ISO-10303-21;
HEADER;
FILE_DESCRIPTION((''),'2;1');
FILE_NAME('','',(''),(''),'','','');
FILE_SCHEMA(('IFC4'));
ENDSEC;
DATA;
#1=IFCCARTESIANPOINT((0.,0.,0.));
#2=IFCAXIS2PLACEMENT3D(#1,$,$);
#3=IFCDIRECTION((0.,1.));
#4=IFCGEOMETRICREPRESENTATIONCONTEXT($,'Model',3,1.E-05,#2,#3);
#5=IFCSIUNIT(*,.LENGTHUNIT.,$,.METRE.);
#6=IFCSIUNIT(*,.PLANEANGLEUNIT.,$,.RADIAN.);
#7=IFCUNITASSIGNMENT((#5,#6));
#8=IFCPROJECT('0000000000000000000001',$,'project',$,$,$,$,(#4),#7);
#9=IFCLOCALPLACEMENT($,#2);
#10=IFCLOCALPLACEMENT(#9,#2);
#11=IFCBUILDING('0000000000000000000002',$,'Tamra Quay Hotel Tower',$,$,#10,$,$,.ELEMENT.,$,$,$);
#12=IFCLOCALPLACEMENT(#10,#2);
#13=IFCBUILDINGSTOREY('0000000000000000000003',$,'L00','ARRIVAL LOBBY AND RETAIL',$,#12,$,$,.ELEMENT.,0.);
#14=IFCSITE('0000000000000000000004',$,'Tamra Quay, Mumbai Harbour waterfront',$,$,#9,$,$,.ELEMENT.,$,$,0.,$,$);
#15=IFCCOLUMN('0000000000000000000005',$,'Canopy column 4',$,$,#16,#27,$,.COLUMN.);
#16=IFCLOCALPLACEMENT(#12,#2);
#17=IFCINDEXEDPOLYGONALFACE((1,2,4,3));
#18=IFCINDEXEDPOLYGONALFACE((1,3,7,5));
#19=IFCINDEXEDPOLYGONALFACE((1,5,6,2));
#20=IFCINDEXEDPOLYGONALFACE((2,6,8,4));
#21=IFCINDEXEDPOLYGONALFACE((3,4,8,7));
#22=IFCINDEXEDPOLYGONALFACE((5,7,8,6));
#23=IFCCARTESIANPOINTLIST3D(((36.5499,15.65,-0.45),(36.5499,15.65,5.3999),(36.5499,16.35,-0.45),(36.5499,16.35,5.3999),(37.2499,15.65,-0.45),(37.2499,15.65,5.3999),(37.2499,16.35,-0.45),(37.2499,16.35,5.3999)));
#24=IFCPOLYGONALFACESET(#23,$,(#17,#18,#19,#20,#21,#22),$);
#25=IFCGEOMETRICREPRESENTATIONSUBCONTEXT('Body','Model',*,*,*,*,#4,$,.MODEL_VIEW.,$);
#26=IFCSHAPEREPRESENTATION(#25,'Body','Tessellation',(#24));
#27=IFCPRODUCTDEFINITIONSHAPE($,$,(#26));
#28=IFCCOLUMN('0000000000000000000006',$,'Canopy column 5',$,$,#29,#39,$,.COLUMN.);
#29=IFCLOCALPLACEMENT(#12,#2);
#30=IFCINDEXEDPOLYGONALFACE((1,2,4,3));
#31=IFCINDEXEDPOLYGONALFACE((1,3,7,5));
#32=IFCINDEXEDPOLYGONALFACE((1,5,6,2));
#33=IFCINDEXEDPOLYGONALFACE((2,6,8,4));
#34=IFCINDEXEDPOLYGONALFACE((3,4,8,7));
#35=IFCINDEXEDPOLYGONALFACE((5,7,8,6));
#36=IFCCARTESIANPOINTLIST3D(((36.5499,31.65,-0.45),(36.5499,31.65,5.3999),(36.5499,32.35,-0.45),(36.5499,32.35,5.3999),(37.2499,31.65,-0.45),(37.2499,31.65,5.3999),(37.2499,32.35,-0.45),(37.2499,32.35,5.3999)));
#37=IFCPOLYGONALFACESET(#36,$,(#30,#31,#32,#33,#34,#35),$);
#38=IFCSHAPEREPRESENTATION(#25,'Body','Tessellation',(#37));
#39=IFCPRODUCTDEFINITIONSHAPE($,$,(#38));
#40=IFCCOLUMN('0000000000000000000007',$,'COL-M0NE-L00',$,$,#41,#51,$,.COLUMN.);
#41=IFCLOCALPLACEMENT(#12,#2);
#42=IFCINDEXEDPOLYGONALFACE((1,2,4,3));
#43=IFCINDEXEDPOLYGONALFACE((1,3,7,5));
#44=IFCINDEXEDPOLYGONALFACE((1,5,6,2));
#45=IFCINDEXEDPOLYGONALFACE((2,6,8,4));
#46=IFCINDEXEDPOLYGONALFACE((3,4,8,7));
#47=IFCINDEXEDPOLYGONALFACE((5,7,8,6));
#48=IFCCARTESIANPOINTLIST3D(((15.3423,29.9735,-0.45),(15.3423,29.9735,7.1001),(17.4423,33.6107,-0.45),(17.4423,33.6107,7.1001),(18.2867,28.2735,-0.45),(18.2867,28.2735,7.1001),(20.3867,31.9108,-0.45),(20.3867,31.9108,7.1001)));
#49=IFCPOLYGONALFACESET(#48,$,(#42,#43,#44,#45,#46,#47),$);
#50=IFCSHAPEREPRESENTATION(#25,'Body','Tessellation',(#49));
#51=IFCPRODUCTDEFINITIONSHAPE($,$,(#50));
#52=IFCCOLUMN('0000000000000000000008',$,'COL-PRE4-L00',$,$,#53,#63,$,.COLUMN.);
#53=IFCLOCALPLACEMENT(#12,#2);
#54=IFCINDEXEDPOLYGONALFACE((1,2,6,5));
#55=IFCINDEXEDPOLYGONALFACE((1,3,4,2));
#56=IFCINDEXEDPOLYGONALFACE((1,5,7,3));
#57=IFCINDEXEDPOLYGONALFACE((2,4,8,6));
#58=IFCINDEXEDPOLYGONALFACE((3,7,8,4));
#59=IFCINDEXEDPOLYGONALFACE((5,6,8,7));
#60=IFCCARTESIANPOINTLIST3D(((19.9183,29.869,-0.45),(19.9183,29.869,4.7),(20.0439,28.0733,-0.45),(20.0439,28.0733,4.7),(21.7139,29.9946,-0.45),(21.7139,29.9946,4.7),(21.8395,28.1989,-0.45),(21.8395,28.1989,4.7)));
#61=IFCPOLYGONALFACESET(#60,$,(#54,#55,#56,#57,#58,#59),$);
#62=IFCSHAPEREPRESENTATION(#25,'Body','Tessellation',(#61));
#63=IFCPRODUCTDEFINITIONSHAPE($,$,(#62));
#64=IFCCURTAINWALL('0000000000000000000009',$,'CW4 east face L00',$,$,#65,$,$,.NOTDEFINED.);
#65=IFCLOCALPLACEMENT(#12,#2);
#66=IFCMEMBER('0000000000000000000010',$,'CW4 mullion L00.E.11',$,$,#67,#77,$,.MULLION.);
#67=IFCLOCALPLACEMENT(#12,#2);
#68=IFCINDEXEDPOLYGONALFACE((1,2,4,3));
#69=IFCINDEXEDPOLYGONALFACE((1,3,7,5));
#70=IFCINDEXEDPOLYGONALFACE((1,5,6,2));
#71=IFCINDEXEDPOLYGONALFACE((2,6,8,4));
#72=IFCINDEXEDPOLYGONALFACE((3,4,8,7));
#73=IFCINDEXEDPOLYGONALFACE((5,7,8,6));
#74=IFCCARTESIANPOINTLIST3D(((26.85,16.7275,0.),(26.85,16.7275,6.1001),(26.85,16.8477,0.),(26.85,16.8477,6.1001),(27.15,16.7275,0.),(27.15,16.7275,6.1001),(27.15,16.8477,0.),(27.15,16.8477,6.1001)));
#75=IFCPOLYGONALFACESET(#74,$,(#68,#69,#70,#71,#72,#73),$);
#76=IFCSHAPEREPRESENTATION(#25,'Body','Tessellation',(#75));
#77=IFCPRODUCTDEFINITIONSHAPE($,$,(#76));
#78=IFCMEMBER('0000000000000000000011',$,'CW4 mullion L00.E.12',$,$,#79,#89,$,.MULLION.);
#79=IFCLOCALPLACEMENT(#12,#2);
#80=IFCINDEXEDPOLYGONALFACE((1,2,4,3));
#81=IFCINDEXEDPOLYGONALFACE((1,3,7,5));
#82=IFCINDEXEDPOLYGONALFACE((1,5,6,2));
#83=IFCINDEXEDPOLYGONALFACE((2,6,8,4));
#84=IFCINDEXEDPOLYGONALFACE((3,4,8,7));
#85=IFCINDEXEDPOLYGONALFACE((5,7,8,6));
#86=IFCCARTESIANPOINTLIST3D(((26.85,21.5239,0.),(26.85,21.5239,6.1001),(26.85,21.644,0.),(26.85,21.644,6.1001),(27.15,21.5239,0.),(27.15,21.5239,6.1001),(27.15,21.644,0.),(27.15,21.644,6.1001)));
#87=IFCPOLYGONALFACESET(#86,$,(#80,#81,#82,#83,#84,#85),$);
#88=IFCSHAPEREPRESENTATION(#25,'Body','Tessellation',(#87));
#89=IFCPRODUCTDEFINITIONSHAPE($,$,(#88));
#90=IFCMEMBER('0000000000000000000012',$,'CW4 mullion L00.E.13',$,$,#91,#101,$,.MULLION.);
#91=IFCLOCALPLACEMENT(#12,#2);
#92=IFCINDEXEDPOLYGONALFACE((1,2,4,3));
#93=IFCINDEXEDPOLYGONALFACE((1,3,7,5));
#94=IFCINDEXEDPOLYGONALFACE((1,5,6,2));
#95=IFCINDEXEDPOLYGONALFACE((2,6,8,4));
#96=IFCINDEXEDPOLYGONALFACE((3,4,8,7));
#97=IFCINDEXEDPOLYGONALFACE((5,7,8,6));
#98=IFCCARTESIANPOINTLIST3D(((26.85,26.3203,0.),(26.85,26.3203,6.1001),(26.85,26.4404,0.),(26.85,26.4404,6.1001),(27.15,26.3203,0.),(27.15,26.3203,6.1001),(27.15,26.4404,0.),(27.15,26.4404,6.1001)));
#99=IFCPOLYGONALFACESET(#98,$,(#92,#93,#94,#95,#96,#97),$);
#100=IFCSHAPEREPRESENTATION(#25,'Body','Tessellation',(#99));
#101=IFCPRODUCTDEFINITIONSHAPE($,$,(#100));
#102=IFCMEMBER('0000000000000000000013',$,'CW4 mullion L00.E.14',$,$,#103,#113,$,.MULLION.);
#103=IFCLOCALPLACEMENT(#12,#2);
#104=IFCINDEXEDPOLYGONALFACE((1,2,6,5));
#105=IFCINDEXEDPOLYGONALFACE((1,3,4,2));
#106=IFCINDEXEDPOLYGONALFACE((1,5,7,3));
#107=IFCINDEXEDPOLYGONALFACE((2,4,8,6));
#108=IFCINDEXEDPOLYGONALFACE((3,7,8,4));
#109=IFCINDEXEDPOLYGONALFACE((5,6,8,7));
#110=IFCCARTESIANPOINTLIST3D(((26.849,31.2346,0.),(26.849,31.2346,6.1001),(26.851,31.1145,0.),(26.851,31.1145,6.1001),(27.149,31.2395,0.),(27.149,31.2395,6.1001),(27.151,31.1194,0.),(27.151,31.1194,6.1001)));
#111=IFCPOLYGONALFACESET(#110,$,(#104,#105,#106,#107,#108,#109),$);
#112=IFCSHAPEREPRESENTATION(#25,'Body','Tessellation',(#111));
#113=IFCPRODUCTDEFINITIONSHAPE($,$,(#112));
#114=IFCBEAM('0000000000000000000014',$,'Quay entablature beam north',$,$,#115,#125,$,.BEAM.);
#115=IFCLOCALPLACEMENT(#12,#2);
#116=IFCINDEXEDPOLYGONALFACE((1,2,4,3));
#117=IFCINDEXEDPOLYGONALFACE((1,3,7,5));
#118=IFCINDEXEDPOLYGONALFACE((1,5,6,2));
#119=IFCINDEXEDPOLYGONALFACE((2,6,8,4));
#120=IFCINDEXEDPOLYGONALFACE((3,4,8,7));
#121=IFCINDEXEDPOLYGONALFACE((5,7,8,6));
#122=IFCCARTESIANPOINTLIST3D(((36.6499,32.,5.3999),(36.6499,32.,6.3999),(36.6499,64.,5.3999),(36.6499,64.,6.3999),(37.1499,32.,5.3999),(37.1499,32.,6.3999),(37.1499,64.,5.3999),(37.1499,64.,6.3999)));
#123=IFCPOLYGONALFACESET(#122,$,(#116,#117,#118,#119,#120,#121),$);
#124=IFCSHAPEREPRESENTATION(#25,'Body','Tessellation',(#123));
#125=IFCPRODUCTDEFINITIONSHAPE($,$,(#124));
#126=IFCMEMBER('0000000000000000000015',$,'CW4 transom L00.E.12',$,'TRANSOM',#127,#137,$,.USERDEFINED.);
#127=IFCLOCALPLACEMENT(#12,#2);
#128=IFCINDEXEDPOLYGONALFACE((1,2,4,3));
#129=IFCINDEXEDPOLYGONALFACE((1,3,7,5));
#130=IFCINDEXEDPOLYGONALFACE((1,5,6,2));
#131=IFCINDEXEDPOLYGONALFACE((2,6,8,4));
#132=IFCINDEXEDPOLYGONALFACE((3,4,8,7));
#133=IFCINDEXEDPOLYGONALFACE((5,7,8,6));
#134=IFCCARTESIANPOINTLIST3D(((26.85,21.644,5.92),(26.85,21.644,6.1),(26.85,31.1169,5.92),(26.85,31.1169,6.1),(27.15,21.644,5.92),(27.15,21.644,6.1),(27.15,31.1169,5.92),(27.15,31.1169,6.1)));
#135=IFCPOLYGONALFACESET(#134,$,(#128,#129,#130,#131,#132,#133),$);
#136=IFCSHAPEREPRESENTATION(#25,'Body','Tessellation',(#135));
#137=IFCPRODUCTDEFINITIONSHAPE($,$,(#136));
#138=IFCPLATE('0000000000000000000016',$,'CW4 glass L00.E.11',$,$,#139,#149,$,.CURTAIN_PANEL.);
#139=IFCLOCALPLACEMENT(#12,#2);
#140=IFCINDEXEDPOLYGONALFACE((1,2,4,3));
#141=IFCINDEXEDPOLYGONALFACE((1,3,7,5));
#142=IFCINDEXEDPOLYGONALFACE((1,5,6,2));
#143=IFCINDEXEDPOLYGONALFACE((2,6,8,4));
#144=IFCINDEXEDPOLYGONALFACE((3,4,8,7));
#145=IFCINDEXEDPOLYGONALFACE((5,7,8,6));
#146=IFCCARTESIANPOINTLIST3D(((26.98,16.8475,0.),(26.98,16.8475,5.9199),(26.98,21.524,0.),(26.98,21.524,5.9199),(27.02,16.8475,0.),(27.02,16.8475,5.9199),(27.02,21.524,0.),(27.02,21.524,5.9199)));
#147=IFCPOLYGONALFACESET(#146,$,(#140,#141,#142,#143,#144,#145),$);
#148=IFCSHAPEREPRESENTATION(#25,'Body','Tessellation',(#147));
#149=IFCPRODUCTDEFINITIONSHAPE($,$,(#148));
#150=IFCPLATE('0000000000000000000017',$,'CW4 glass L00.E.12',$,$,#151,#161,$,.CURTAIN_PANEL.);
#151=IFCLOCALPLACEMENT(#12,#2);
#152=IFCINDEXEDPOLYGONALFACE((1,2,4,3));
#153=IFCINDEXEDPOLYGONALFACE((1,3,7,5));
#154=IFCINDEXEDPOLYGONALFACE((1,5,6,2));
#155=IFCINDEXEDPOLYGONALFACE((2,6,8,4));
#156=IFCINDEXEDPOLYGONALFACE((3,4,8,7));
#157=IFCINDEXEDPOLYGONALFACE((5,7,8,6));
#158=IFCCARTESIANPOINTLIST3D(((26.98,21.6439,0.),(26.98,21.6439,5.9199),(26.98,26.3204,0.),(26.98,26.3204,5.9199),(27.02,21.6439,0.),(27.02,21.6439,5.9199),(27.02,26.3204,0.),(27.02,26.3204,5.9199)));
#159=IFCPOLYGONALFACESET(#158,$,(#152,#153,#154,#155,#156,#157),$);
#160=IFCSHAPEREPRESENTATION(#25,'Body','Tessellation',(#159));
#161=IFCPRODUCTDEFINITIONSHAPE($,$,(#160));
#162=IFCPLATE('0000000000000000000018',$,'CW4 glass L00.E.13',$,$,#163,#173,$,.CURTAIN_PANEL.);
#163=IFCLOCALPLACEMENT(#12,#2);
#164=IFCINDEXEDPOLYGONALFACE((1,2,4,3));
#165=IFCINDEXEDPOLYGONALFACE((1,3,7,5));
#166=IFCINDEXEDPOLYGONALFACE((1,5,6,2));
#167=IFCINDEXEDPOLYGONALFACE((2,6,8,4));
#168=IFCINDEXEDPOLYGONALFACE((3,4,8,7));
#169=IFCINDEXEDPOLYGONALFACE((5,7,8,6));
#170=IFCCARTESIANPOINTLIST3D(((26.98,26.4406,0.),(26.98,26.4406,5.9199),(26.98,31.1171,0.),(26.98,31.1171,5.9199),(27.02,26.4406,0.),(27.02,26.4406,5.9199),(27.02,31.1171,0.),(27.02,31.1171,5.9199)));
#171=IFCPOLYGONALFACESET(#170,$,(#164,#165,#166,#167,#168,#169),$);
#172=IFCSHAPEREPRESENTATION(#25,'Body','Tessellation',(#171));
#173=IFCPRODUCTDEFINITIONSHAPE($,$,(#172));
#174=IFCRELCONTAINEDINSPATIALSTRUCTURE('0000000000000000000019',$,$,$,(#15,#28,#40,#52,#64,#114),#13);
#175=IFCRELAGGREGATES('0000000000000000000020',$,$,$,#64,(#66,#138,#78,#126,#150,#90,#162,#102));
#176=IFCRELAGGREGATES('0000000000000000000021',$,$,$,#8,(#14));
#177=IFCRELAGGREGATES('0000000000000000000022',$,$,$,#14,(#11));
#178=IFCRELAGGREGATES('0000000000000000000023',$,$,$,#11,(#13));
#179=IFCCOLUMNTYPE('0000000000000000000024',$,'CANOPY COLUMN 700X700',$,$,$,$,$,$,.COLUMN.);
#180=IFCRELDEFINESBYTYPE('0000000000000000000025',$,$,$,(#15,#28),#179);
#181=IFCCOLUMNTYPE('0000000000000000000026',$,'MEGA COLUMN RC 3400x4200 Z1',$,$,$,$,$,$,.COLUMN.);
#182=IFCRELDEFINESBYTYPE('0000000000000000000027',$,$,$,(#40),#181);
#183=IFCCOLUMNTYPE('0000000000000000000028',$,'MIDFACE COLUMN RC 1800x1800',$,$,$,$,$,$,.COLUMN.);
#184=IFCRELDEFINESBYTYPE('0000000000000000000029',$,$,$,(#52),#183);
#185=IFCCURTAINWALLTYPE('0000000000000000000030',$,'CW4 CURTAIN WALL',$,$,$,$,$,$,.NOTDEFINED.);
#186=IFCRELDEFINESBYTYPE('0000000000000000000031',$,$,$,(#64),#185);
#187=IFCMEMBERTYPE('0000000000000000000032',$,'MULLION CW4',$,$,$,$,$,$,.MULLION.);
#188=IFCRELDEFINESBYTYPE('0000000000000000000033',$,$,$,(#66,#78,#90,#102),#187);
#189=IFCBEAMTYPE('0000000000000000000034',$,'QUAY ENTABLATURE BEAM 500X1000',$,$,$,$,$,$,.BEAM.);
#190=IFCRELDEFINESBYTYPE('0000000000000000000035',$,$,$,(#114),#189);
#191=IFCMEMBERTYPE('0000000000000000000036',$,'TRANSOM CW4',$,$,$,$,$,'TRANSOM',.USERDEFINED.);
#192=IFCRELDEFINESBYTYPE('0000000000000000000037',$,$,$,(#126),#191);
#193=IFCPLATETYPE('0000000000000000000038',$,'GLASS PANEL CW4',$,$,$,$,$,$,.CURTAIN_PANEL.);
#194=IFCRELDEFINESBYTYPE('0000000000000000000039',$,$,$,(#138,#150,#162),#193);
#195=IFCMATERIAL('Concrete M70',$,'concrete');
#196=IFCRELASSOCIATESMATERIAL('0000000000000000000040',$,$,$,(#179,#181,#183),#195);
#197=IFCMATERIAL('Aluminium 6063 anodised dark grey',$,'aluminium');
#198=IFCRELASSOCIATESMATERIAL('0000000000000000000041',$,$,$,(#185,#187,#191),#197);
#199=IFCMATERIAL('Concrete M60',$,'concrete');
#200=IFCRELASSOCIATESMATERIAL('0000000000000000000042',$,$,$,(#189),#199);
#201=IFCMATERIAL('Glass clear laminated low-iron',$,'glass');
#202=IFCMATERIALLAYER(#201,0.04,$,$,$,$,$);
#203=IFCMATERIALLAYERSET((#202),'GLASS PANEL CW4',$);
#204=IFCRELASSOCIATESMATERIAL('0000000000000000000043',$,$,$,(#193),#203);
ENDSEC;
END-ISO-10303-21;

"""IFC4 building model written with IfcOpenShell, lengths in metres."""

from ifc_helpers import new_model, si_unit, direction, frame, origin, origin_2d, place, context, subcontext, project, spatial, rectangle, extrude, material, layer, layer_set, material_profile, profile_set, type_object, element, aggregate, save


model = new_model("IFC4")

# Units and contexts
model_context = context("Model", 3, precision=1e-05, world=origin(), true_north=direction((0.0, 1.0)))
body_context = subcontext(model_context, "Body", "Model", "MODEL_VIEW")
ifc_project = project(units=[si_unit("LENGTHUNIT", "METRE"), si_unit("PLANEANGLEUNIT", "RADIAN")], contexts=[model_context])

# Site, building, storey
site_placement = place(None, origin())
site = spatial("IfcSite", under=ifc_project, at=site_placement, Name="Tamra Quay, Mumbai Harbour waterfront", CompositionType="ELEMENT", RefElevation=0.0)
building_placement = place(site_placement, origin())
building = spatial("IfcBuilding", under=site, at=building_placement, Name="Tamra Quay Hotel Tower", CompositionType="ELEMENT")
storey_placement = place(building_placement, origin())
storey = spatial("IfcBuildingStorey", under=building, at=storey_placement, Name="L00", Description="ARRIVAL LOBBY AND RETAIL", CompositionType="ELEMENT", Elevation=0.0)

# Columns
ifc_material_1 = material(Name="Concrete M70", Category="concrete")
ifc_material_profile_1 = material_profile(ifc_material_1, rectangle(XDim=0.7, YDim=0.7, at=origin_2d()), Name="Concrete M70")
ifc_profile_set_1 = profile_set([ifc_material_profile_1], Name="Concrete M70")
column_type_1 = type_object("IfcColumnType", Name="CANOPY COLUMN 700X700", PredefinedType="COLUMN", material=ifc_profile_set_1)
for number, where, z_axis, x_axis, name in (
    (1, (36.8999, 16.0, -0.45), (0.0, 0.0, 1.0), (1.0, 0.0, 0.0), "Canopy column 4"),
    (2, (36.8999, 32.0, -0.45), (0.0, 0.0, 1.0), (1.0, 0.0, 0.0), "Canopy column 5"),
):
    element("IfcColumn", number, at=place(storey_placement, frame(where, z_axis=z_axis, x_axis=x_axis)), inside=storey, type_object=column_type_1, Name=name, PredefinedType="COLUMN", context=body_context, shape_type="SweptSolid", body=[
        extrude(rectangle(XDim=0.7, YDim=0.7, at=origin_2d()), origin(), (0.0, 0.0, 1.0), 5.8499),
    ])
ifc_material_profile_2 = material_profile(ifc_material_1, rectangle(XDim=4.2, YDim=3.3999, at=origin_2d()), Name="MEGA COLUMN RC 3400x4200 Z1")
ifc_profile_set_2 = profile_set([ifc_material_profile_2], Name="Concrete M70")
column_type_2 = type_object("IfcColumnType", Name="MEGA COLUMN RC 3400x4200 Z1", PredefinedType="COLUMN", material=ifc_profile_set_2)
column_1_placement = place(storey_placement, frame((17.8645, 30.9421, -0.45), z_axis=(0.0, 0.0, 1.0), x_axis=(0.5, 0.866025, 0.0)))
element("IfcColumn", 3, at=column_1_placement, inside=storey, type_object=column_type_2, Name="COL-M0NE-L00", PredefinedType="COLUMN", context=body_context, shape_type="SweptSolid", body=[
    extrude(rectangle(XDim=4.2, YDim=3.3999, at=origin_2d()), origin(), (0.0, 0.0, 1.0), 7.55),
])
ifc_material_profile_3 = material_profile(ifc_material_1, rectangle(XDim=1.8, YDim=1.8, at=origin_2d()), Name="MIDFACE COLUMN RC 1800x1800")
ifc_profile_set_3 = profile_set([ifc_material_profile_3], Name="Concrete M70")
column_type_3 = type_object("IfcColumnType", Name="MIDFACE COLUMN RC 1800x1800", PredefinedType="COLUMN", material=ifc_profile_set_3)
column_2_placement = place(storey_placement, frame((20.8789, 29.0339, -0.45), z_axis=(0.0, 0.0, 1.0), x_axis=(0.997562, 0.06979, 0.0)))
element("IfcColumn", 4, at=column_2_placement, inside=storey, type_object=column_type_3, Name="COL-PRE4-L00", PredefinedType="COLUMN", context=body_context, shape_type="SweptSolid", body=[
    extrude(rectangle(XDim=1.8, YDim=1.8, at=origin_2d()), origin(), (0.0, 0.0, 1.0), 5.1499),
])

# Curtain wall, members
ifc_material_2 = material(Name="Aluminium 6063 anodised dark grey", Category="aluminium")
curtain_wall_type = type_object("IfcCurtainWallType", Name="CW4 CURTAIN WALL", PredefinedType="NOTDEFINED", material=ifc_material_2)
curtain_wall_placement = place(storey_placement, origin())
curtain_wall = element("IfcCurtainWall", 5, at=curtain_wall_placement, inside=storey, type_object=curtain_wall_type, Name="CW4 east face L00", PredefinedType="NOTDEFINED")
ifc_material_profile_4 = material_profile(ifc_material_2, rectangle(XDim=0.3, YDim=0.1201, at=origin_2d()), Name="MULLION 120X300")
ifc_profile_set_4 = profile_set([ifc_material_profile_4], Name="Aluminium 6063 anodised dark grey")
member_type_1 = type_object("IfcMemberType", Name="MULLION CW4", PredefinedType="MULLION", material=ifc_profile_set_4)
member_1_placement = place(storey_placement, frame((27.0, 16.7876, 0.0), z_axis=(0.0, 0.0, 1.0), x_axis=(1.0, 0.0, 0.0)))
member_1 = element("IfcMember", 6, at=member_1_placement, type_object=member_type_1, Name="CW4 mullion L00.E.11", PredefinedType="MULLION", context=body_context, shape_type="SweptSolid", body=[
    extrude(rectangle(XDim=0.3, YDim=0.1201, at=origin_2d()), origin(), (0.0, 0.0, 1.0), 6.1001),
])
member_2_placement = place(storey_placement, frame((27.0, 21.584, 0.0), z_axis=(0.0, 0.0, 1.0), x_axis=(1.0, 0.0, 0.0)))
member_2 = element("IfcMember", 7, at=member_2_placement, type_object=member_type_1, Name="CW4 mullion L00.E.12", PredefinedType="MULLION", context=body_context, shape_type="SweptSolid", body=[
    extrude(rectangle(XDim=0.3, YDim=0.1201, at=origin_2d()), origin(), (0.0, 0.0, 1.0), 6.1001),
])
member_3_placement = place(storey_placement, frame((27.0, 26.3804, 0.0), z_axis=(0.0, 0.0, 1.0), x_axis=(1.0, 0.0, 0.0)))
member_3 = element("IfcMember", 8, at=member_3_placement, type_object=member_type_1, Name="CW4 mullion L00.E.13", PredefinedType="MULLION", context=body_context, shape_type="SweptSolid", body=[
    extrude(rectangle(XDim=0.3, YDim=0.1201, at=origin_2d()), origin(), (0.0, 0.0, 1.0), 6.1001),
])
member_4_placement = place(storey_placement, frame((27.0, 31.177, 0.0), z_axis=(0.0, 0.0, 1.0), x_axis=(0.999866, 0.016362, 0.0)))
member_4 = element("IfcMember", 9, at=member_4_placement, type_object=member_type_1, Name="CW4 mullion L00.E.14", PredefinedType="MULLION", context=body_context, shape_type="SweptSolid", body=[
    extrude(rectangle(XDim=0.3, YDim=0.1201, at=origin_2d()), origin(), (0.0, 0.0, 1.0), 6.1001),
])

# Beam
ifc_material_3 = material(Name="Concrete M60", Category="concrete")
ifc_material_profile_5 = material_profile(ifc_material_3, rectangle(XDim=0.5, YDim=1.0, at=origin_2d()), Name="Concrete M60")
ifc_profile_set_5 = profile_set([ifc_material_profile_5], Name="Concrete M60")
beam_type = type_object("IfcBeamType", Name="QUAY ENTABLATURE BEAM 500X1000", PredefinedType="BEAM", material=ifc_profile_set_5)
beam_placement = place(storey_placement, frame((36.8999, 32.0, 5.8999), z_axis=(0.0, 1.0, 0.0), x_axis=(-1.0, 0.0, 0.0)))
element("IfcBeam", 10, at=beam_placement, inside=storey, type_object=beam_type, Name="Quay entablature beam north", PredefinedType="BEAM", context=body_context, shape_type="SweptSolid", body=[
    extrude(rectangle(XDim=0.5, YDim=1.0, at=origin_2d()), origin(), (0.0, 0.0, 1.0), 32.0),
])

# Member
ifc_material_profile_6 = material_profile(ifc_material_2, rectangle(XDim=0.3, YDim=0.1799, at=origin_2d()), Name="TRANSOM 300X180")
ifc_profile_set_6 = profile_set([ifc_material_profile_6], Name="Aluminium 6063 anodised dark grey")
member_type_2 = type_object("IfcMemberType", Name="TRANSOM CW4", ElementType="TRANSOM", PredefinedType="USERDEFINED", material=ifc_profile_set_6)
member_5_placement = place(storey_placement, frame((27.0, 21.644, 6.01), z_axis=(0.0, 1.0, 0.0), x_axis=(-1.0, 0.0, 0.0)))
member_5 = element("IfcMember", 11, at=member_5_placement, type_object=member_type_2, Name="CW4 transom L00.E.12", ObjectType="TRANSOM", PredefinedType="USERDEFINED", context=body_context, shape_type="SweptSolid", body=[
    extrude(rectangle(XDim=0.3, YDim=0.1799, at=origin_2d()), origin(), (0.0, 0.0, 1.0), 9.4729),
])

# Plates
ifc_material_4 = material(Name="Glass clear laminated low-iron", Category="glass")
ifc_layer_1 = layer(ifc_material_4, 0.04)
ifc_layer_set_1 = layer_set([ifc_layer_1], Name="GLASS PANEL CW4")
plate_type = type_object("IfcPlateType", Name="GLASS PANEL CW4", PredefinedType="CURTAIN_PANEL", material=ifc_layer_set_1)
plate_1_placement = place(storey_placement, frame((27.0, 19.1858, 0.0), z_axis=(0.0, 0.0, 1.0), x_axis=(0.0, 1.0, 0.0)))
plate_1 = element("IfcPlate", 12, at=plate_1_placement, type_object=plate_type, Name="CW4 glass L00.E.11", PredefinedType="CURTAIN_PANEL", context=body_context, shape_type="SweptSolid", body=[
    extrude(rectangle(XDim=4.6765, YDim=0.04, at=origin_2d()), origin(), (0.0, 0.0, 1.0), 5.9199),
])
plate_2_placement = place(storey_placement, frame((27.0, 23.9822, 0.0), z_axis=(0.0, 0.0, 1.0), x_axis=(0.0, 1.0, 0.0)))
plate_2 = element("IfcPlate", 13, at=plate_2_placement, type_object=plate_type, Name="CW4 glass L00.E.12", PredefinedType="CURTAIN_PANEL", context=body_context, shape_type="SweptSolid", body=[
    extrude(rectangle(XDim=4.6765, YDim=0.04, at=origin_2d()), origin(), (0.0, 0.0, 1.0), 5.9199),
])
plate_3_placement = place(storey_placement, frame((27.0, 28.7788, 0.0), z_axis=(0.0, 0.0, 1.0), x_axis=(0.0, 1.0, 0.0)))
plate_3 = element("IfcPlate", 14, at=plate_3_placement, type_object=plate_type, Name="CW4 glass L00.E.13", PredefinedType="CURTAIN_PANEL", context=body_context, shape_type="SweptSolid", body=[
    extrude(rectangle(XDim=4.6765, YDim=0.04, at=origin_2d()), origin(), (0.0, 0.0, 1.0), 5.9199),
])
aggregate(curtain_wall, [member_1, plate_1, member_2, member_5, plate_2, member_3, plate_3, member_4])

save(model, "model.ifc")
